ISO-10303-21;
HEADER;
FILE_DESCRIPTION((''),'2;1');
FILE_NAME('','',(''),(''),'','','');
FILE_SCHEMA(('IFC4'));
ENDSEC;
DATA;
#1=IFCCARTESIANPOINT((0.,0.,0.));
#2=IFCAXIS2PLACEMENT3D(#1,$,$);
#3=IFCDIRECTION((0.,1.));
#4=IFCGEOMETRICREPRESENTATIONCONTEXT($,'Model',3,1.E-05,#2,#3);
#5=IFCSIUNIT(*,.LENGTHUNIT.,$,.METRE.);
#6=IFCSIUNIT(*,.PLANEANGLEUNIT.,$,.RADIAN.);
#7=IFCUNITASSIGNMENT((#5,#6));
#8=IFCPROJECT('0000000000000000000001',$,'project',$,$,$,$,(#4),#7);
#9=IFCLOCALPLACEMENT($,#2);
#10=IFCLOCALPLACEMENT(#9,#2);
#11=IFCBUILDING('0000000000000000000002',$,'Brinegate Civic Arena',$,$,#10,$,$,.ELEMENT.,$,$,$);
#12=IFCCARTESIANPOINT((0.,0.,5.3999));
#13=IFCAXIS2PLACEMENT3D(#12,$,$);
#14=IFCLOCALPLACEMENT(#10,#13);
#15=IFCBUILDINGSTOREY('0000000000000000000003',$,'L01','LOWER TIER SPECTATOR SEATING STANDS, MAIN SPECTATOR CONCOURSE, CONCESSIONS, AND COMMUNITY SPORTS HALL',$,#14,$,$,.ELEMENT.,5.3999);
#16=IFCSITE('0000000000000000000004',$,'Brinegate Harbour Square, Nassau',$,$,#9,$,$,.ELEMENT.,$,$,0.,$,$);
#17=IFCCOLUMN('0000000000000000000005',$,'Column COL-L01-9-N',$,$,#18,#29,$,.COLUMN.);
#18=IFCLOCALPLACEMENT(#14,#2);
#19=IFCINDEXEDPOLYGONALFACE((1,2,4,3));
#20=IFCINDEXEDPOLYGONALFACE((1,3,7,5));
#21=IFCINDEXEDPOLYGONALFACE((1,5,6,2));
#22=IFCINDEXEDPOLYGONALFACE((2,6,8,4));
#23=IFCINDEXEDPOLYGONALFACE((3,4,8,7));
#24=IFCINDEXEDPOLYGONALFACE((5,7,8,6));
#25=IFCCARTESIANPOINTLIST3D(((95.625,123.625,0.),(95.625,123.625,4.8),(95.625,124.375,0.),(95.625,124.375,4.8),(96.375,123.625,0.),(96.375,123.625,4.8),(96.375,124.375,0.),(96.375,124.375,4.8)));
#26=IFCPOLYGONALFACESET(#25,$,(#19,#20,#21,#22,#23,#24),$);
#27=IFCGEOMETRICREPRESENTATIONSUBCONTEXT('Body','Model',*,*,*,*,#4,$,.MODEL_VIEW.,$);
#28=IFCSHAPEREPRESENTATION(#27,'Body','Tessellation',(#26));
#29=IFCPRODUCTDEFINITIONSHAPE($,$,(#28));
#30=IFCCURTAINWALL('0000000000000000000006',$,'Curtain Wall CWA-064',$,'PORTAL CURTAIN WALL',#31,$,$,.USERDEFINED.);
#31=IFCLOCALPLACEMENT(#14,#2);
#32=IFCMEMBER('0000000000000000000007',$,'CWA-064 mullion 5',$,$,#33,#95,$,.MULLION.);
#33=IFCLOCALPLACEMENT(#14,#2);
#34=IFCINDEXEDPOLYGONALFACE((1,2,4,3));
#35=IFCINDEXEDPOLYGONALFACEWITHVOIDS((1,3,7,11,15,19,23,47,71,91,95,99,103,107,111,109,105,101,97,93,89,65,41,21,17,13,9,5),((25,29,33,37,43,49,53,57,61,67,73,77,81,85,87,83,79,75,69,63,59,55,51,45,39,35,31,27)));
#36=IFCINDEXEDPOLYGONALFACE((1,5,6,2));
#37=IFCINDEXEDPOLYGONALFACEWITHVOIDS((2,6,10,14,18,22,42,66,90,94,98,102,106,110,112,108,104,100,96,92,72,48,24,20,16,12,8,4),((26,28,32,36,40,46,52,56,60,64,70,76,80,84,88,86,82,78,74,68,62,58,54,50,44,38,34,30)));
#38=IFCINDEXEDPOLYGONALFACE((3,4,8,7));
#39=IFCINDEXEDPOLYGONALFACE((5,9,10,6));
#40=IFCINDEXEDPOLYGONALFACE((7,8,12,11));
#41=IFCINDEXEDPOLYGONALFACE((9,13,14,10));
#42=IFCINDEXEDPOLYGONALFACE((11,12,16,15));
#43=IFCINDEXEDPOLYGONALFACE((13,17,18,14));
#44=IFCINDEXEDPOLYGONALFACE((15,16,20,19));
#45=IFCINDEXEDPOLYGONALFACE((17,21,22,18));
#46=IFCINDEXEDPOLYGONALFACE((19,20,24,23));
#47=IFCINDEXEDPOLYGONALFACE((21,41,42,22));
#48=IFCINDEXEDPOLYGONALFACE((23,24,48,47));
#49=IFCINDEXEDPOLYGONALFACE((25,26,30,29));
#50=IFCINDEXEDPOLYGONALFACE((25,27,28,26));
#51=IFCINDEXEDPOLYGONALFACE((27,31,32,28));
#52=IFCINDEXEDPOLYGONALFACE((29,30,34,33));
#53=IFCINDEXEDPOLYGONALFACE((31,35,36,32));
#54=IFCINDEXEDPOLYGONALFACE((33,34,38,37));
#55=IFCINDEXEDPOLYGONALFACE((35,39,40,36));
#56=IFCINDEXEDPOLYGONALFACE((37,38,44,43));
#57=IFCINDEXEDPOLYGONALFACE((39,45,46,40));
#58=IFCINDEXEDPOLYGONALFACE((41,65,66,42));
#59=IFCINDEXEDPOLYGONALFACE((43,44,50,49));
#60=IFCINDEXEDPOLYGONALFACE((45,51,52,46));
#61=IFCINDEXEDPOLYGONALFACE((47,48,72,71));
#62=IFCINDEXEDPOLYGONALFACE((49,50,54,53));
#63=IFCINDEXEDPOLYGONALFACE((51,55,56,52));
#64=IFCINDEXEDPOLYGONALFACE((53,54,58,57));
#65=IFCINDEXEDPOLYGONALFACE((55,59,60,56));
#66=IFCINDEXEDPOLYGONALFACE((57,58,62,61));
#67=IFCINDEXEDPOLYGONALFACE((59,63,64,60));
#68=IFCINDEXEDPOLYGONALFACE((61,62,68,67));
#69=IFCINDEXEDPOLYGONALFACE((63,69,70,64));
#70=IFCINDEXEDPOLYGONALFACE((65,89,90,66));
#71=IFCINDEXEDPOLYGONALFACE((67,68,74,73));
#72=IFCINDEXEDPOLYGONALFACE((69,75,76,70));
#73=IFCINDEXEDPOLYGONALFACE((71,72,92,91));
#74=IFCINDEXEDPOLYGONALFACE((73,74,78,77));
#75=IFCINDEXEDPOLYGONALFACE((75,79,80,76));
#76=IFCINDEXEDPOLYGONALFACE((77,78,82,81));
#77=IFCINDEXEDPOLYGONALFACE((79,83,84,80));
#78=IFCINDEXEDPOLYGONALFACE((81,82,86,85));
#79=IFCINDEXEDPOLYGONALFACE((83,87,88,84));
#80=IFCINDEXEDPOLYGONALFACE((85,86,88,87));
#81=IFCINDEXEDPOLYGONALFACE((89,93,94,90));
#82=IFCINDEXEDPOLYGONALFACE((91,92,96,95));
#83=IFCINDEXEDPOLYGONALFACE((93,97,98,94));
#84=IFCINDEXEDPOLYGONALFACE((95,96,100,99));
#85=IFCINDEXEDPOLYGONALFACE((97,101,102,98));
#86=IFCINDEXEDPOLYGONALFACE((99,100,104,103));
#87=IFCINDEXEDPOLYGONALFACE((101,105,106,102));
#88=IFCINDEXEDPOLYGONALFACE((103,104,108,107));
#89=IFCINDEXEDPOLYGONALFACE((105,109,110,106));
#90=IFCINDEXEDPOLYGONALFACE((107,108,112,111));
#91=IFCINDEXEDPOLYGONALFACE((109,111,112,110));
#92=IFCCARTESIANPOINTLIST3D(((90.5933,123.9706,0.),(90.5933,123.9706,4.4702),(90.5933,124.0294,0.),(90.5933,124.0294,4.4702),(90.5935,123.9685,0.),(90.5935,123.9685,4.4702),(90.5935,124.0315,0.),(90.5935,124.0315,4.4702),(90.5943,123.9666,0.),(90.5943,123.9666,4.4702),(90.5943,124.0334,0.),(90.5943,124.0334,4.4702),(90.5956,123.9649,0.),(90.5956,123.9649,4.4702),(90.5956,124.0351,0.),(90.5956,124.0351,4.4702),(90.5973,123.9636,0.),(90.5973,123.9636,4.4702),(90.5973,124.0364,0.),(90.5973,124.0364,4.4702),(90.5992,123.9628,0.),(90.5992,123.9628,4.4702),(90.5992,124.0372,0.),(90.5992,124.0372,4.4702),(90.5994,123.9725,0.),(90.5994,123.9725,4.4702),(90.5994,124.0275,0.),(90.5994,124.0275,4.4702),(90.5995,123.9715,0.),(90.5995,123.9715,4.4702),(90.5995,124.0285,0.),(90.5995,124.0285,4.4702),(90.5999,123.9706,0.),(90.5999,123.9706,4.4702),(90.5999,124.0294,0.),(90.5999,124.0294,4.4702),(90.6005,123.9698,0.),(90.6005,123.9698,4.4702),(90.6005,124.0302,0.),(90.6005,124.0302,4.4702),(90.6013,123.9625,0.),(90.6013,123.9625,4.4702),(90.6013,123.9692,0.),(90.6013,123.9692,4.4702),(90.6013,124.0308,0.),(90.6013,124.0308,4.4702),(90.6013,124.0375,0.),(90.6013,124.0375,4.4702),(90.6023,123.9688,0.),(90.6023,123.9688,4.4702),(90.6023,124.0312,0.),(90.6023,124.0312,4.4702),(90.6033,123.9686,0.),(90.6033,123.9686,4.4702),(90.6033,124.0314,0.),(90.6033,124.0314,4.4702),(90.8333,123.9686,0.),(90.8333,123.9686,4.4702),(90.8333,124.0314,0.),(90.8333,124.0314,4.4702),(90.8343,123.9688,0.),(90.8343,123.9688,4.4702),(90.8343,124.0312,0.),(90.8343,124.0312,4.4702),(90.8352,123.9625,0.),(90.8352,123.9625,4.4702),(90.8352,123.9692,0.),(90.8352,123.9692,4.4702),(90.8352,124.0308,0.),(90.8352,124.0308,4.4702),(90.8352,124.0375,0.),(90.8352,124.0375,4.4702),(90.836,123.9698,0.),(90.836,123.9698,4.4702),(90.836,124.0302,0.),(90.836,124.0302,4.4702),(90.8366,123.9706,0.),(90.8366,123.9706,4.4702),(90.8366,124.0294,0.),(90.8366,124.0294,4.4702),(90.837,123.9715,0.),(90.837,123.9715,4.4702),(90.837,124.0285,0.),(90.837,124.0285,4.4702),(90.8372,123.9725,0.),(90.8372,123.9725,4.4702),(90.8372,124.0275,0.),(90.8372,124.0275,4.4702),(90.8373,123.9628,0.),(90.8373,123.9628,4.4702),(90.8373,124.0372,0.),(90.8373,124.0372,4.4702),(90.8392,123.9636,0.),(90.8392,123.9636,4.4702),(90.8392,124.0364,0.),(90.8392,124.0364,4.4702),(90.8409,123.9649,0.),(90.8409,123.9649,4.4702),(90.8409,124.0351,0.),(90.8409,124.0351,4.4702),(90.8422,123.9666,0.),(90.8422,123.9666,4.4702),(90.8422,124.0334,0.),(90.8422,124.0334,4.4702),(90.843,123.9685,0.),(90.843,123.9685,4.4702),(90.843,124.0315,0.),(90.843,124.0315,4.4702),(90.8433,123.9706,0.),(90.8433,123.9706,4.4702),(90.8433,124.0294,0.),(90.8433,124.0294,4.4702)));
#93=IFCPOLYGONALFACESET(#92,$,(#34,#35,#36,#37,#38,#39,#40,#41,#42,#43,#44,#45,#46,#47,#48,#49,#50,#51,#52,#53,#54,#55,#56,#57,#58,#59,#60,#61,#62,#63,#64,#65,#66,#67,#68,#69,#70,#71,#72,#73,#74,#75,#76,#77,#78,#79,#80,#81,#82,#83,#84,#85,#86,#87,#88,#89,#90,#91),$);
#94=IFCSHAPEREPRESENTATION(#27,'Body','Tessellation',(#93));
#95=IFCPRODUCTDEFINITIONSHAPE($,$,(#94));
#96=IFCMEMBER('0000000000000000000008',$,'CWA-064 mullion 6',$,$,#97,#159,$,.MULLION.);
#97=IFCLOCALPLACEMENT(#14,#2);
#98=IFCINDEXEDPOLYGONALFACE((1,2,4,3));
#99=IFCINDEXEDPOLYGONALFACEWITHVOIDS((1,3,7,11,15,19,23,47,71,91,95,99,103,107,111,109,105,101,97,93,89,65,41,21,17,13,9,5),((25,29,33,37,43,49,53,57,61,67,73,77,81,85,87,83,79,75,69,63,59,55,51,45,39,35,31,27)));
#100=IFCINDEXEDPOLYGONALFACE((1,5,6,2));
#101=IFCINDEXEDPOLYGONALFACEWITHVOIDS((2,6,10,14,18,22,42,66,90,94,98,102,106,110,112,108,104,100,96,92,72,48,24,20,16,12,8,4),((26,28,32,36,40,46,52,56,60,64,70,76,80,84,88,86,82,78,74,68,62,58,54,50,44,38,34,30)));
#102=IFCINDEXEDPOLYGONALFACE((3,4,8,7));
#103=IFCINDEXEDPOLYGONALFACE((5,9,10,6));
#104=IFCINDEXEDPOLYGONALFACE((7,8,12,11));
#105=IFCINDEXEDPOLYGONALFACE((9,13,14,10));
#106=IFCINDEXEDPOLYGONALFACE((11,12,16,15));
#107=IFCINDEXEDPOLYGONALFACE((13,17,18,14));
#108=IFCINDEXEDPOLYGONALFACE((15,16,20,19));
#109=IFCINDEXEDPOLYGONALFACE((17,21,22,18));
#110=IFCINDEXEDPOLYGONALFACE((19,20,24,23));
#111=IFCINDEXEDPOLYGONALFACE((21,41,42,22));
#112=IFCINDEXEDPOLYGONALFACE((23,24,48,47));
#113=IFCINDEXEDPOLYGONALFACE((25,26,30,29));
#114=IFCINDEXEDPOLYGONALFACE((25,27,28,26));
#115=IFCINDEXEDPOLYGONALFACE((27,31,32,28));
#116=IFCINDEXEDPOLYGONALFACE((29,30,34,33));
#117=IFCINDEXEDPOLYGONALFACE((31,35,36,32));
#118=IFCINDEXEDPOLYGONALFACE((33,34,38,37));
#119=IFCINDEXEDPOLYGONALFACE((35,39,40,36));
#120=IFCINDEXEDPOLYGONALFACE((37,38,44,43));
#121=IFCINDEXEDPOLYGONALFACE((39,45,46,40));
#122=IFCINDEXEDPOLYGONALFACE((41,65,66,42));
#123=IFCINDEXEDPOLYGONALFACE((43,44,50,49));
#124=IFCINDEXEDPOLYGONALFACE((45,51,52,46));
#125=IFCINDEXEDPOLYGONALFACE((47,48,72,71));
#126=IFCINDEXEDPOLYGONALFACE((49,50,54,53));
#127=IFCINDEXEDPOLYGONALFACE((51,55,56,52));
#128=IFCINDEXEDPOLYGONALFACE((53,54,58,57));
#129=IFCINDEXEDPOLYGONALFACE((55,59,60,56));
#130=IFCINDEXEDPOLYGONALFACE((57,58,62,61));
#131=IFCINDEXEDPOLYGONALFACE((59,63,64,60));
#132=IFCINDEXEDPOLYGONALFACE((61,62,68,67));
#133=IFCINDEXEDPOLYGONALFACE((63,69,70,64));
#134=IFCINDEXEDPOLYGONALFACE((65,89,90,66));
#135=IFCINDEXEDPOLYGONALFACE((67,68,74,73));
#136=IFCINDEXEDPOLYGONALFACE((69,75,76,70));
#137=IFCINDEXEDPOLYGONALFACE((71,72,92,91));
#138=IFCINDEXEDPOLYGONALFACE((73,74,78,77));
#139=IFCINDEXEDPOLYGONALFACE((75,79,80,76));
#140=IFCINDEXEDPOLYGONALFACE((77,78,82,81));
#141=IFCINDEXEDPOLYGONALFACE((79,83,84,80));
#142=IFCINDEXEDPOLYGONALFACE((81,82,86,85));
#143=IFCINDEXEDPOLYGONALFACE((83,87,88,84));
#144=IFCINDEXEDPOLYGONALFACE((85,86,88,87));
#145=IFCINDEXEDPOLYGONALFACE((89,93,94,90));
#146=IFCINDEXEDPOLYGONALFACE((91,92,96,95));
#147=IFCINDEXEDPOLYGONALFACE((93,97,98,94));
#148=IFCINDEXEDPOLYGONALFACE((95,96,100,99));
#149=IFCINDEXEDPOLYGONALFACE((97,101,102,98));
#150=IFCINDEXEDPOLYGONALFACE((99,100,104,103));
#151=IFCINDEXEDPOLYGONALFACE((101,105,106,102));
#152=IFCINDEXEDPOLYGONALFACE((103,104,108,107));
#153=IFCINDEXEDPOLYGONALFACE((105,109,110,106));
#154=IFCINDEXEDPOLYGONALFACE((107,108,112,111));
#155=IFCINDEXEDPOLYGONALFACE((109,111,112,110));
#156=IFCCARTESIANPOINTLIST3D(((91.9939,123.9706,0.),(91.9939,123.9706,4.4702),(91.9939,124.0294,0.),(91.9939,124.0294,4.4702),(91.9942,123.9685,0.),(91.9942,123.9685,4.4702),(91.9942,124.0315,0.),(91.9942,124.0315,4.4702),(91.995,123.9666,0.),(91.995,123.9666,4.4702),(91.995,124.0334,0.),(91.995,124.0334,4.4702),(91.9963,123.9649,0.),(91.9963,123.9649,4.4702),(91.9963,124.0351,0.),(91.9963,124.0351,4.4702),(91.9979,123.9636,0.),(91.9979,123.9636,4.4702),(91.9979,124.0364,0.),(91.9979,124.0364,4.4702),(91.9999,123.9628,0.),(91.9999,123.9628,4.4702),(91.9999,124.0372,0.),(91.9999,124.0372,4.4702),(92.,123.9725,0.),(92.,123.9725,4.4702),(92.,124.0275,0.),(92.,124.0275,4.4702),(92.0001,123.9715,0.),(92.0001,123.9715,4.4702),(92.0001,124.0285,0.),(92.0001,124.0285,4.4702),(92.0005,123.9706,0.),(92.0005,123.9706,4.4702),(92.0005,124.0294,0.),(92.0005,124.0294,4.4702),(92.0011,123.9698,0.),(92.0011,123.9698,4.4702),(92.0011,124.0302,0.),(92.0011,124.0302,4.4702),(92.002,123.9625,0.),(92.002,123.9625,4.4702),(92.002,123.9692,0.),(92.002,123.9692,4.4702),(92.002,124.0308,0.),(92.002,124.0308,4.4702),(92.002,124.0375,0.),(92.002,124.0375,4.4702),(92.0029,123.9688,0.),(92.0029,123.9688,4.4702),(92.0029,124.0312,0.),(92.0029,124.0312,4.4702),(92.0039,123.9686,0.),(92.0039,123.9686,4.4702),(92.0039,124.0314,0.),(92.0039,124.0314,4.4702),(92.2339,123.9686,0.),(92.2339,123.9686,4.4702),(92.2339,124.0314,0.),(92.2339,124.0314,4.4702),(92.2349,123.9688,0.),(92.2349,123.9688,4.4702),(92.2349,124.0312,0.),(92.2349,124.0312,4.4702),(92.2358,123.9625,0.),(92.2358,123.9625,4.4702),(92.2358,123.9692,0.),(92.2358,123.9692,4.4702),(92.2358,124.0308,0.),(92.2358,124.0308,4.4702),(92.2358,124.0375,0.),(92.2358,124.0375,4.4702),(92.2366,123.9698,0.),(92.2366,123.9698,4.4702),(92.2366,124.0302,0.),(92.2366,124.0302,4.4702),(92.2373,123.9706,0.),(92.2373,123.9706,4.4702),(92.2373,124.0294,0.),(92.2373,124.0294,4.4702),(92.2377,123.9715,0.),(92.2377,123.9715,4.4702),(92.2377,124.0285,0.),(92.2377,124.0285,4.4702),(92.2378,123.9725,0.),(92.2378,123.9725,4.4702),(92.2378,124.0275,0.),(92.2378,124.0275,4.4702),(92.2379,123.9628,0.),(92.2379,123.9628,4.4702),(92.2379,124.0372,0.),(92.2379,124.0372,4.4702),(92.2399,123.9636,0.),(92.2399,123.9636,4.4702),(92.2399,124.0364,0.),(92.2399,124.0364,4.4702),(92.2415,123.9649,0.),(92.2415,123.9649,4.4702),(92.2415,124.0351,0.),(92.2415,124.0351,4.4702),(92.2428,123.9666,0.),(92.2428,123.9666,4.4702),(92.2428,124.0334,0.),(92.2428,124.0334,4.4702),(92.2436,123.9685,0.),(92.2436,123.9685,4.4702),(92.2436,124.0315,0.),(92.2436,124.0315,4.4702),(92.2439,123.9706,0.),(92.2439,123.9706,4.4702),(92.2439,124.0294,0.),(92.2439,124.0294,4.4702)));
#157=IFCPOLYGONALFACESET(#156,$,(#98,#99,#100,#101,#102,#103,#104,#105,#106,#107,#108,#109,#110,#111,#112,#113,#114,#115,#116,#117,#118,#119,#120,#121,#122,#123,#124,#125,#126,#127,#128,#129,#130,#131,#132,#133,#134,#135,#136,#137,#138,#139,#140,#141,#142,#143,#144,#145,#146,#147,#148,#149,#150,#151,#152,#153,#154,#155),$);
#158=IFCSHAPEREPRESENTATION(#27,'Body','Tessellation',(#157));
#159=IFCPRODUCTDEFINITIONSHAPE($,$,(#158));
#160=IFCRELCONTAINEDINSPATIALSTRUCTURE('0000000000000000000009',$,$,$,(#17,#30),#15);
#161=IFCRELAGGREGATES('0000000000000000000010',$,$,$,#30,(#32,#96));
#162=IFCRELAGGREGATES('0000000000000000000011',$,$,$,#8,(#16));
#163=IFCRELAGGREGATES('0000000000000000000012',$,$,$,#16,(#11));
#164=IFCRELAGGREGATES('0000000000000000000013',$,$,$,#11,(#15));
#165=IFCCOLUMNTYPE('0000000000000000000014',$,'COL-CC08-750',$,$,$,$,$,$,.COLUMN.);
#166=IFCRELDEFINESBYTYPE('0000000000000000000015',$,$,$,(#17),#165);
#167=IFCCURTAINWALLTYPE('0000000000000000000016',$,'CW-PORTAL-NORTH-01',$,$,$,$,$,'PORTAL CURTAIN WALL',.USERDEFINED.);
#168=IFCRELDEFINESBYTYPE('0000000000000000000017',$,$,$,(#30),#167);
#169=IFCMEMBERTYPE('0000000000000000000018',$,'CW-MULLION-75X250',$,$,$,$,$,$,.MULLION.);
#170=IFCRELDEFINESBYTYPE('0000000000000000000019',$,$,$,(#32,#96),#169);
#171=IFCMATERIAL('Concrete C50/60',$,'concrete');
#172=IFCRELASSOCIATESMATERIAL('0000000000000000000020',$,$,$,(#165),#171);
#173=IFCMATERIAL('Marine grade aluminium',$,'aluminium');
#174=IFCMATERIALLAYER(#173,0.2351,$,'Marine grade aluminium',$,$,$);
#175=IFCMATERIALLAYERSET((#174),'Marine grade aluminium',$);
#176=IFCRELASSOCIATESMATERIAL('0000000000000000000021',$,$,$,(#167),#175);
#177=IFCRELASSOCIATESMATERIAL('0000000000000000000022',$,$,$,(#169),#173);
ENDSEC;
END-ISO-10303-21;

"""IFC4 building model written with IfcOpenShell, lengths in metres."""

from ifc_helpers import new_model, si_unit, direction, frame, origin, origin_2d, place, context, subcontext, project, spatial, rectangle, hollow_rectangle, extrude, material, layer, layer_set, material_profile, profile_set, type_object, element, aggregate, save


model = new_model("IFC4")

# Units and contexts
model_context = context("Model", 3, precision=1e-05, world=origin(), true_north=direction((0.0, 1.0)))
body_context = subcontext(model_context, "Body", "Model", "MODEL_VIEW")
ifc_project = project(units=[si_unit("LENGTHUNIT", "METRE"), si_unit("PLANEANGLEUNIT", "RADIAN")], contexts=[model_context])

# Site, building, storey
site_placement = place(None, origin())
site = spatial("IfcSite", under=ifc_project, at=site_placement, Name="Brinegate Harbour Square, Nassau", CompositionType="ELEMENT", RefElevation=0.0)
building_placement = place(site_placement, origin())
building = spatial("IfcBuilding", under=site, at=building_placement, Name="Brinegate Civic Arena", CompositionType="ELEMENT")
storey_placement = place(building_placement, frame((0.0, 0.0, 5.3999)))
storey = spatial("IfcBuildingStorey", under=building, at=storey_placement, Name="L01", Description="LOWER TIER SPECTATOR SEATING STANDS, MAIN SPECTATOR CONCOURSE, CONCESSIONS, AND COMMUNITY SPORTS HALL", CompositionType="ELEMENT", Elevation=5.3999)

# Column
ifc_material_1 = material(Name="Concrete C50/60", Category="concrete")
ifc_material_profile_1 = material_profile(ifc_material_1, rectangle(XDim=0.75, YDim=0.75, at=origin_2d()), Name="RC750X750")
ifc_profile_set_1 = profile_set([ifc_material_profile_1], Name="Concrete C50/60")
column_type = type_object("IfcColumnType", Name="COL-CC08-750", PredefinedType="COLUMN", material=ifc_profile_set_1)
column_placement = place(storey_placement, frame((96.0, 124.0, 0.0), z_axis=(0.0, 0.0, 1.0), x_axis=(1.0, 0.0, 0.0)))
element("IfcColumn", 1, at=column_placement, inside=storey, type_object=column_type, Name="Column COL-L01-9-N", PredefinedType="COLUMN", context=body_context, shape_type="SweptSolid", body=[
    extrude(rectangle(XDim=0.75, YDim=0.75, at=origin_2d()), origin(), (0.0, 0.0, 1.0), 4.8),
])

# Curtain wall, members
ifc_material_2 = material(Name="Marine grade aluminium", Category="aluminium")
ifc_layer_1 = layer(ifc_material_2, 0.2351, Name="Marine grade aluminium")
ifc_layer_set_1 = layer_set([ifc_layer_1], Name="Marine grade aluminium")
curtain_wall_type = type_object("IfcCurtainWallType", Name="CW-PORTAL-NORTH-01", ElementType="PORTAL CURTAIN WALL", PredefinedType="USERDEFINED", material=ifc_layer_set_1)
curtain_wall_placement = place(storey_placement, origin())
curtain_wall = element("IfcCurtainWall", 2, at=curtain_wall_placement, inside=storey, type_object=curtain_wall_type, Name="Curtain Wall CWA-064", ObjectType="PORTAL CURTAIN WALL", PredefinedType="USERDEFINED")
ifc_material_profile_2 = material_profile(ifc_material_2, hollow_rectangle(XDim=0.075, YDim=0.25, WallThickness=0.0061, InnerFilletRadius=0.0039, OuterFilletRadius=0.0081, at=origin_2d()), Name="MUL75X250")
ifc_profile_set_2 = profile_set([ifc_material_profile_2], Name="Marine grade aluminium")
member_type_1 = type_object("IfcMemberType", Name="CW-MULLION-75X250", PredefinedType="MULLION", material=ifc_profile_set_2)
member_1_placement = place(storey_placement, frame((90.7183, 124.0, 0.0), z_axis=(0.0, 0.0, 1.0), x_axis=(0.0, 1.0, 0.0)))
member_1 = element("IfcMember", 3, at=member_1_placement, type_object=member_type_1, Name="CWA-064 mullion 5", PredefinedType="MULLION", context=body_context, shape_type="SweptSolid", body=[
    extrude(hollow_rectangle(XDim=0.075, YDim=0.25, WallThickness=0.0061, InnerFilletRadius=0.0039, OuterFilletRadius=0.0081, at=origin_2d()), origin(), (0.0, 0.0, 1.0), 4.4702),
])
member_2_placement = place(storey_placement, frame((92.1189, 124.0, 0.0), z_axis=(0.0, 0.0, 1.0), x_axis=(0.0, 1.0, 0.0)))
member_2 = element("IfcMember", 4, at=member_2_placement, type_object=member_type_1, Name="CWA-064 mullion 6", PredefinedType="MULLION", context=body_context, shape_type="SweptSolid", body=[
    extrude(hollow_rectangle(XDim=0.075, YDim=0.25, WallThickness=0.0061, InnerFilletRadius=0.0039, OuterFilletRadius=0.0081, at=origin_2d()), origin(), (0.0, 0.0, 1.0), 4.4702),
])

aggregate(curtain_wall, [member_1, member_2])

save(model, "model.ifc")
